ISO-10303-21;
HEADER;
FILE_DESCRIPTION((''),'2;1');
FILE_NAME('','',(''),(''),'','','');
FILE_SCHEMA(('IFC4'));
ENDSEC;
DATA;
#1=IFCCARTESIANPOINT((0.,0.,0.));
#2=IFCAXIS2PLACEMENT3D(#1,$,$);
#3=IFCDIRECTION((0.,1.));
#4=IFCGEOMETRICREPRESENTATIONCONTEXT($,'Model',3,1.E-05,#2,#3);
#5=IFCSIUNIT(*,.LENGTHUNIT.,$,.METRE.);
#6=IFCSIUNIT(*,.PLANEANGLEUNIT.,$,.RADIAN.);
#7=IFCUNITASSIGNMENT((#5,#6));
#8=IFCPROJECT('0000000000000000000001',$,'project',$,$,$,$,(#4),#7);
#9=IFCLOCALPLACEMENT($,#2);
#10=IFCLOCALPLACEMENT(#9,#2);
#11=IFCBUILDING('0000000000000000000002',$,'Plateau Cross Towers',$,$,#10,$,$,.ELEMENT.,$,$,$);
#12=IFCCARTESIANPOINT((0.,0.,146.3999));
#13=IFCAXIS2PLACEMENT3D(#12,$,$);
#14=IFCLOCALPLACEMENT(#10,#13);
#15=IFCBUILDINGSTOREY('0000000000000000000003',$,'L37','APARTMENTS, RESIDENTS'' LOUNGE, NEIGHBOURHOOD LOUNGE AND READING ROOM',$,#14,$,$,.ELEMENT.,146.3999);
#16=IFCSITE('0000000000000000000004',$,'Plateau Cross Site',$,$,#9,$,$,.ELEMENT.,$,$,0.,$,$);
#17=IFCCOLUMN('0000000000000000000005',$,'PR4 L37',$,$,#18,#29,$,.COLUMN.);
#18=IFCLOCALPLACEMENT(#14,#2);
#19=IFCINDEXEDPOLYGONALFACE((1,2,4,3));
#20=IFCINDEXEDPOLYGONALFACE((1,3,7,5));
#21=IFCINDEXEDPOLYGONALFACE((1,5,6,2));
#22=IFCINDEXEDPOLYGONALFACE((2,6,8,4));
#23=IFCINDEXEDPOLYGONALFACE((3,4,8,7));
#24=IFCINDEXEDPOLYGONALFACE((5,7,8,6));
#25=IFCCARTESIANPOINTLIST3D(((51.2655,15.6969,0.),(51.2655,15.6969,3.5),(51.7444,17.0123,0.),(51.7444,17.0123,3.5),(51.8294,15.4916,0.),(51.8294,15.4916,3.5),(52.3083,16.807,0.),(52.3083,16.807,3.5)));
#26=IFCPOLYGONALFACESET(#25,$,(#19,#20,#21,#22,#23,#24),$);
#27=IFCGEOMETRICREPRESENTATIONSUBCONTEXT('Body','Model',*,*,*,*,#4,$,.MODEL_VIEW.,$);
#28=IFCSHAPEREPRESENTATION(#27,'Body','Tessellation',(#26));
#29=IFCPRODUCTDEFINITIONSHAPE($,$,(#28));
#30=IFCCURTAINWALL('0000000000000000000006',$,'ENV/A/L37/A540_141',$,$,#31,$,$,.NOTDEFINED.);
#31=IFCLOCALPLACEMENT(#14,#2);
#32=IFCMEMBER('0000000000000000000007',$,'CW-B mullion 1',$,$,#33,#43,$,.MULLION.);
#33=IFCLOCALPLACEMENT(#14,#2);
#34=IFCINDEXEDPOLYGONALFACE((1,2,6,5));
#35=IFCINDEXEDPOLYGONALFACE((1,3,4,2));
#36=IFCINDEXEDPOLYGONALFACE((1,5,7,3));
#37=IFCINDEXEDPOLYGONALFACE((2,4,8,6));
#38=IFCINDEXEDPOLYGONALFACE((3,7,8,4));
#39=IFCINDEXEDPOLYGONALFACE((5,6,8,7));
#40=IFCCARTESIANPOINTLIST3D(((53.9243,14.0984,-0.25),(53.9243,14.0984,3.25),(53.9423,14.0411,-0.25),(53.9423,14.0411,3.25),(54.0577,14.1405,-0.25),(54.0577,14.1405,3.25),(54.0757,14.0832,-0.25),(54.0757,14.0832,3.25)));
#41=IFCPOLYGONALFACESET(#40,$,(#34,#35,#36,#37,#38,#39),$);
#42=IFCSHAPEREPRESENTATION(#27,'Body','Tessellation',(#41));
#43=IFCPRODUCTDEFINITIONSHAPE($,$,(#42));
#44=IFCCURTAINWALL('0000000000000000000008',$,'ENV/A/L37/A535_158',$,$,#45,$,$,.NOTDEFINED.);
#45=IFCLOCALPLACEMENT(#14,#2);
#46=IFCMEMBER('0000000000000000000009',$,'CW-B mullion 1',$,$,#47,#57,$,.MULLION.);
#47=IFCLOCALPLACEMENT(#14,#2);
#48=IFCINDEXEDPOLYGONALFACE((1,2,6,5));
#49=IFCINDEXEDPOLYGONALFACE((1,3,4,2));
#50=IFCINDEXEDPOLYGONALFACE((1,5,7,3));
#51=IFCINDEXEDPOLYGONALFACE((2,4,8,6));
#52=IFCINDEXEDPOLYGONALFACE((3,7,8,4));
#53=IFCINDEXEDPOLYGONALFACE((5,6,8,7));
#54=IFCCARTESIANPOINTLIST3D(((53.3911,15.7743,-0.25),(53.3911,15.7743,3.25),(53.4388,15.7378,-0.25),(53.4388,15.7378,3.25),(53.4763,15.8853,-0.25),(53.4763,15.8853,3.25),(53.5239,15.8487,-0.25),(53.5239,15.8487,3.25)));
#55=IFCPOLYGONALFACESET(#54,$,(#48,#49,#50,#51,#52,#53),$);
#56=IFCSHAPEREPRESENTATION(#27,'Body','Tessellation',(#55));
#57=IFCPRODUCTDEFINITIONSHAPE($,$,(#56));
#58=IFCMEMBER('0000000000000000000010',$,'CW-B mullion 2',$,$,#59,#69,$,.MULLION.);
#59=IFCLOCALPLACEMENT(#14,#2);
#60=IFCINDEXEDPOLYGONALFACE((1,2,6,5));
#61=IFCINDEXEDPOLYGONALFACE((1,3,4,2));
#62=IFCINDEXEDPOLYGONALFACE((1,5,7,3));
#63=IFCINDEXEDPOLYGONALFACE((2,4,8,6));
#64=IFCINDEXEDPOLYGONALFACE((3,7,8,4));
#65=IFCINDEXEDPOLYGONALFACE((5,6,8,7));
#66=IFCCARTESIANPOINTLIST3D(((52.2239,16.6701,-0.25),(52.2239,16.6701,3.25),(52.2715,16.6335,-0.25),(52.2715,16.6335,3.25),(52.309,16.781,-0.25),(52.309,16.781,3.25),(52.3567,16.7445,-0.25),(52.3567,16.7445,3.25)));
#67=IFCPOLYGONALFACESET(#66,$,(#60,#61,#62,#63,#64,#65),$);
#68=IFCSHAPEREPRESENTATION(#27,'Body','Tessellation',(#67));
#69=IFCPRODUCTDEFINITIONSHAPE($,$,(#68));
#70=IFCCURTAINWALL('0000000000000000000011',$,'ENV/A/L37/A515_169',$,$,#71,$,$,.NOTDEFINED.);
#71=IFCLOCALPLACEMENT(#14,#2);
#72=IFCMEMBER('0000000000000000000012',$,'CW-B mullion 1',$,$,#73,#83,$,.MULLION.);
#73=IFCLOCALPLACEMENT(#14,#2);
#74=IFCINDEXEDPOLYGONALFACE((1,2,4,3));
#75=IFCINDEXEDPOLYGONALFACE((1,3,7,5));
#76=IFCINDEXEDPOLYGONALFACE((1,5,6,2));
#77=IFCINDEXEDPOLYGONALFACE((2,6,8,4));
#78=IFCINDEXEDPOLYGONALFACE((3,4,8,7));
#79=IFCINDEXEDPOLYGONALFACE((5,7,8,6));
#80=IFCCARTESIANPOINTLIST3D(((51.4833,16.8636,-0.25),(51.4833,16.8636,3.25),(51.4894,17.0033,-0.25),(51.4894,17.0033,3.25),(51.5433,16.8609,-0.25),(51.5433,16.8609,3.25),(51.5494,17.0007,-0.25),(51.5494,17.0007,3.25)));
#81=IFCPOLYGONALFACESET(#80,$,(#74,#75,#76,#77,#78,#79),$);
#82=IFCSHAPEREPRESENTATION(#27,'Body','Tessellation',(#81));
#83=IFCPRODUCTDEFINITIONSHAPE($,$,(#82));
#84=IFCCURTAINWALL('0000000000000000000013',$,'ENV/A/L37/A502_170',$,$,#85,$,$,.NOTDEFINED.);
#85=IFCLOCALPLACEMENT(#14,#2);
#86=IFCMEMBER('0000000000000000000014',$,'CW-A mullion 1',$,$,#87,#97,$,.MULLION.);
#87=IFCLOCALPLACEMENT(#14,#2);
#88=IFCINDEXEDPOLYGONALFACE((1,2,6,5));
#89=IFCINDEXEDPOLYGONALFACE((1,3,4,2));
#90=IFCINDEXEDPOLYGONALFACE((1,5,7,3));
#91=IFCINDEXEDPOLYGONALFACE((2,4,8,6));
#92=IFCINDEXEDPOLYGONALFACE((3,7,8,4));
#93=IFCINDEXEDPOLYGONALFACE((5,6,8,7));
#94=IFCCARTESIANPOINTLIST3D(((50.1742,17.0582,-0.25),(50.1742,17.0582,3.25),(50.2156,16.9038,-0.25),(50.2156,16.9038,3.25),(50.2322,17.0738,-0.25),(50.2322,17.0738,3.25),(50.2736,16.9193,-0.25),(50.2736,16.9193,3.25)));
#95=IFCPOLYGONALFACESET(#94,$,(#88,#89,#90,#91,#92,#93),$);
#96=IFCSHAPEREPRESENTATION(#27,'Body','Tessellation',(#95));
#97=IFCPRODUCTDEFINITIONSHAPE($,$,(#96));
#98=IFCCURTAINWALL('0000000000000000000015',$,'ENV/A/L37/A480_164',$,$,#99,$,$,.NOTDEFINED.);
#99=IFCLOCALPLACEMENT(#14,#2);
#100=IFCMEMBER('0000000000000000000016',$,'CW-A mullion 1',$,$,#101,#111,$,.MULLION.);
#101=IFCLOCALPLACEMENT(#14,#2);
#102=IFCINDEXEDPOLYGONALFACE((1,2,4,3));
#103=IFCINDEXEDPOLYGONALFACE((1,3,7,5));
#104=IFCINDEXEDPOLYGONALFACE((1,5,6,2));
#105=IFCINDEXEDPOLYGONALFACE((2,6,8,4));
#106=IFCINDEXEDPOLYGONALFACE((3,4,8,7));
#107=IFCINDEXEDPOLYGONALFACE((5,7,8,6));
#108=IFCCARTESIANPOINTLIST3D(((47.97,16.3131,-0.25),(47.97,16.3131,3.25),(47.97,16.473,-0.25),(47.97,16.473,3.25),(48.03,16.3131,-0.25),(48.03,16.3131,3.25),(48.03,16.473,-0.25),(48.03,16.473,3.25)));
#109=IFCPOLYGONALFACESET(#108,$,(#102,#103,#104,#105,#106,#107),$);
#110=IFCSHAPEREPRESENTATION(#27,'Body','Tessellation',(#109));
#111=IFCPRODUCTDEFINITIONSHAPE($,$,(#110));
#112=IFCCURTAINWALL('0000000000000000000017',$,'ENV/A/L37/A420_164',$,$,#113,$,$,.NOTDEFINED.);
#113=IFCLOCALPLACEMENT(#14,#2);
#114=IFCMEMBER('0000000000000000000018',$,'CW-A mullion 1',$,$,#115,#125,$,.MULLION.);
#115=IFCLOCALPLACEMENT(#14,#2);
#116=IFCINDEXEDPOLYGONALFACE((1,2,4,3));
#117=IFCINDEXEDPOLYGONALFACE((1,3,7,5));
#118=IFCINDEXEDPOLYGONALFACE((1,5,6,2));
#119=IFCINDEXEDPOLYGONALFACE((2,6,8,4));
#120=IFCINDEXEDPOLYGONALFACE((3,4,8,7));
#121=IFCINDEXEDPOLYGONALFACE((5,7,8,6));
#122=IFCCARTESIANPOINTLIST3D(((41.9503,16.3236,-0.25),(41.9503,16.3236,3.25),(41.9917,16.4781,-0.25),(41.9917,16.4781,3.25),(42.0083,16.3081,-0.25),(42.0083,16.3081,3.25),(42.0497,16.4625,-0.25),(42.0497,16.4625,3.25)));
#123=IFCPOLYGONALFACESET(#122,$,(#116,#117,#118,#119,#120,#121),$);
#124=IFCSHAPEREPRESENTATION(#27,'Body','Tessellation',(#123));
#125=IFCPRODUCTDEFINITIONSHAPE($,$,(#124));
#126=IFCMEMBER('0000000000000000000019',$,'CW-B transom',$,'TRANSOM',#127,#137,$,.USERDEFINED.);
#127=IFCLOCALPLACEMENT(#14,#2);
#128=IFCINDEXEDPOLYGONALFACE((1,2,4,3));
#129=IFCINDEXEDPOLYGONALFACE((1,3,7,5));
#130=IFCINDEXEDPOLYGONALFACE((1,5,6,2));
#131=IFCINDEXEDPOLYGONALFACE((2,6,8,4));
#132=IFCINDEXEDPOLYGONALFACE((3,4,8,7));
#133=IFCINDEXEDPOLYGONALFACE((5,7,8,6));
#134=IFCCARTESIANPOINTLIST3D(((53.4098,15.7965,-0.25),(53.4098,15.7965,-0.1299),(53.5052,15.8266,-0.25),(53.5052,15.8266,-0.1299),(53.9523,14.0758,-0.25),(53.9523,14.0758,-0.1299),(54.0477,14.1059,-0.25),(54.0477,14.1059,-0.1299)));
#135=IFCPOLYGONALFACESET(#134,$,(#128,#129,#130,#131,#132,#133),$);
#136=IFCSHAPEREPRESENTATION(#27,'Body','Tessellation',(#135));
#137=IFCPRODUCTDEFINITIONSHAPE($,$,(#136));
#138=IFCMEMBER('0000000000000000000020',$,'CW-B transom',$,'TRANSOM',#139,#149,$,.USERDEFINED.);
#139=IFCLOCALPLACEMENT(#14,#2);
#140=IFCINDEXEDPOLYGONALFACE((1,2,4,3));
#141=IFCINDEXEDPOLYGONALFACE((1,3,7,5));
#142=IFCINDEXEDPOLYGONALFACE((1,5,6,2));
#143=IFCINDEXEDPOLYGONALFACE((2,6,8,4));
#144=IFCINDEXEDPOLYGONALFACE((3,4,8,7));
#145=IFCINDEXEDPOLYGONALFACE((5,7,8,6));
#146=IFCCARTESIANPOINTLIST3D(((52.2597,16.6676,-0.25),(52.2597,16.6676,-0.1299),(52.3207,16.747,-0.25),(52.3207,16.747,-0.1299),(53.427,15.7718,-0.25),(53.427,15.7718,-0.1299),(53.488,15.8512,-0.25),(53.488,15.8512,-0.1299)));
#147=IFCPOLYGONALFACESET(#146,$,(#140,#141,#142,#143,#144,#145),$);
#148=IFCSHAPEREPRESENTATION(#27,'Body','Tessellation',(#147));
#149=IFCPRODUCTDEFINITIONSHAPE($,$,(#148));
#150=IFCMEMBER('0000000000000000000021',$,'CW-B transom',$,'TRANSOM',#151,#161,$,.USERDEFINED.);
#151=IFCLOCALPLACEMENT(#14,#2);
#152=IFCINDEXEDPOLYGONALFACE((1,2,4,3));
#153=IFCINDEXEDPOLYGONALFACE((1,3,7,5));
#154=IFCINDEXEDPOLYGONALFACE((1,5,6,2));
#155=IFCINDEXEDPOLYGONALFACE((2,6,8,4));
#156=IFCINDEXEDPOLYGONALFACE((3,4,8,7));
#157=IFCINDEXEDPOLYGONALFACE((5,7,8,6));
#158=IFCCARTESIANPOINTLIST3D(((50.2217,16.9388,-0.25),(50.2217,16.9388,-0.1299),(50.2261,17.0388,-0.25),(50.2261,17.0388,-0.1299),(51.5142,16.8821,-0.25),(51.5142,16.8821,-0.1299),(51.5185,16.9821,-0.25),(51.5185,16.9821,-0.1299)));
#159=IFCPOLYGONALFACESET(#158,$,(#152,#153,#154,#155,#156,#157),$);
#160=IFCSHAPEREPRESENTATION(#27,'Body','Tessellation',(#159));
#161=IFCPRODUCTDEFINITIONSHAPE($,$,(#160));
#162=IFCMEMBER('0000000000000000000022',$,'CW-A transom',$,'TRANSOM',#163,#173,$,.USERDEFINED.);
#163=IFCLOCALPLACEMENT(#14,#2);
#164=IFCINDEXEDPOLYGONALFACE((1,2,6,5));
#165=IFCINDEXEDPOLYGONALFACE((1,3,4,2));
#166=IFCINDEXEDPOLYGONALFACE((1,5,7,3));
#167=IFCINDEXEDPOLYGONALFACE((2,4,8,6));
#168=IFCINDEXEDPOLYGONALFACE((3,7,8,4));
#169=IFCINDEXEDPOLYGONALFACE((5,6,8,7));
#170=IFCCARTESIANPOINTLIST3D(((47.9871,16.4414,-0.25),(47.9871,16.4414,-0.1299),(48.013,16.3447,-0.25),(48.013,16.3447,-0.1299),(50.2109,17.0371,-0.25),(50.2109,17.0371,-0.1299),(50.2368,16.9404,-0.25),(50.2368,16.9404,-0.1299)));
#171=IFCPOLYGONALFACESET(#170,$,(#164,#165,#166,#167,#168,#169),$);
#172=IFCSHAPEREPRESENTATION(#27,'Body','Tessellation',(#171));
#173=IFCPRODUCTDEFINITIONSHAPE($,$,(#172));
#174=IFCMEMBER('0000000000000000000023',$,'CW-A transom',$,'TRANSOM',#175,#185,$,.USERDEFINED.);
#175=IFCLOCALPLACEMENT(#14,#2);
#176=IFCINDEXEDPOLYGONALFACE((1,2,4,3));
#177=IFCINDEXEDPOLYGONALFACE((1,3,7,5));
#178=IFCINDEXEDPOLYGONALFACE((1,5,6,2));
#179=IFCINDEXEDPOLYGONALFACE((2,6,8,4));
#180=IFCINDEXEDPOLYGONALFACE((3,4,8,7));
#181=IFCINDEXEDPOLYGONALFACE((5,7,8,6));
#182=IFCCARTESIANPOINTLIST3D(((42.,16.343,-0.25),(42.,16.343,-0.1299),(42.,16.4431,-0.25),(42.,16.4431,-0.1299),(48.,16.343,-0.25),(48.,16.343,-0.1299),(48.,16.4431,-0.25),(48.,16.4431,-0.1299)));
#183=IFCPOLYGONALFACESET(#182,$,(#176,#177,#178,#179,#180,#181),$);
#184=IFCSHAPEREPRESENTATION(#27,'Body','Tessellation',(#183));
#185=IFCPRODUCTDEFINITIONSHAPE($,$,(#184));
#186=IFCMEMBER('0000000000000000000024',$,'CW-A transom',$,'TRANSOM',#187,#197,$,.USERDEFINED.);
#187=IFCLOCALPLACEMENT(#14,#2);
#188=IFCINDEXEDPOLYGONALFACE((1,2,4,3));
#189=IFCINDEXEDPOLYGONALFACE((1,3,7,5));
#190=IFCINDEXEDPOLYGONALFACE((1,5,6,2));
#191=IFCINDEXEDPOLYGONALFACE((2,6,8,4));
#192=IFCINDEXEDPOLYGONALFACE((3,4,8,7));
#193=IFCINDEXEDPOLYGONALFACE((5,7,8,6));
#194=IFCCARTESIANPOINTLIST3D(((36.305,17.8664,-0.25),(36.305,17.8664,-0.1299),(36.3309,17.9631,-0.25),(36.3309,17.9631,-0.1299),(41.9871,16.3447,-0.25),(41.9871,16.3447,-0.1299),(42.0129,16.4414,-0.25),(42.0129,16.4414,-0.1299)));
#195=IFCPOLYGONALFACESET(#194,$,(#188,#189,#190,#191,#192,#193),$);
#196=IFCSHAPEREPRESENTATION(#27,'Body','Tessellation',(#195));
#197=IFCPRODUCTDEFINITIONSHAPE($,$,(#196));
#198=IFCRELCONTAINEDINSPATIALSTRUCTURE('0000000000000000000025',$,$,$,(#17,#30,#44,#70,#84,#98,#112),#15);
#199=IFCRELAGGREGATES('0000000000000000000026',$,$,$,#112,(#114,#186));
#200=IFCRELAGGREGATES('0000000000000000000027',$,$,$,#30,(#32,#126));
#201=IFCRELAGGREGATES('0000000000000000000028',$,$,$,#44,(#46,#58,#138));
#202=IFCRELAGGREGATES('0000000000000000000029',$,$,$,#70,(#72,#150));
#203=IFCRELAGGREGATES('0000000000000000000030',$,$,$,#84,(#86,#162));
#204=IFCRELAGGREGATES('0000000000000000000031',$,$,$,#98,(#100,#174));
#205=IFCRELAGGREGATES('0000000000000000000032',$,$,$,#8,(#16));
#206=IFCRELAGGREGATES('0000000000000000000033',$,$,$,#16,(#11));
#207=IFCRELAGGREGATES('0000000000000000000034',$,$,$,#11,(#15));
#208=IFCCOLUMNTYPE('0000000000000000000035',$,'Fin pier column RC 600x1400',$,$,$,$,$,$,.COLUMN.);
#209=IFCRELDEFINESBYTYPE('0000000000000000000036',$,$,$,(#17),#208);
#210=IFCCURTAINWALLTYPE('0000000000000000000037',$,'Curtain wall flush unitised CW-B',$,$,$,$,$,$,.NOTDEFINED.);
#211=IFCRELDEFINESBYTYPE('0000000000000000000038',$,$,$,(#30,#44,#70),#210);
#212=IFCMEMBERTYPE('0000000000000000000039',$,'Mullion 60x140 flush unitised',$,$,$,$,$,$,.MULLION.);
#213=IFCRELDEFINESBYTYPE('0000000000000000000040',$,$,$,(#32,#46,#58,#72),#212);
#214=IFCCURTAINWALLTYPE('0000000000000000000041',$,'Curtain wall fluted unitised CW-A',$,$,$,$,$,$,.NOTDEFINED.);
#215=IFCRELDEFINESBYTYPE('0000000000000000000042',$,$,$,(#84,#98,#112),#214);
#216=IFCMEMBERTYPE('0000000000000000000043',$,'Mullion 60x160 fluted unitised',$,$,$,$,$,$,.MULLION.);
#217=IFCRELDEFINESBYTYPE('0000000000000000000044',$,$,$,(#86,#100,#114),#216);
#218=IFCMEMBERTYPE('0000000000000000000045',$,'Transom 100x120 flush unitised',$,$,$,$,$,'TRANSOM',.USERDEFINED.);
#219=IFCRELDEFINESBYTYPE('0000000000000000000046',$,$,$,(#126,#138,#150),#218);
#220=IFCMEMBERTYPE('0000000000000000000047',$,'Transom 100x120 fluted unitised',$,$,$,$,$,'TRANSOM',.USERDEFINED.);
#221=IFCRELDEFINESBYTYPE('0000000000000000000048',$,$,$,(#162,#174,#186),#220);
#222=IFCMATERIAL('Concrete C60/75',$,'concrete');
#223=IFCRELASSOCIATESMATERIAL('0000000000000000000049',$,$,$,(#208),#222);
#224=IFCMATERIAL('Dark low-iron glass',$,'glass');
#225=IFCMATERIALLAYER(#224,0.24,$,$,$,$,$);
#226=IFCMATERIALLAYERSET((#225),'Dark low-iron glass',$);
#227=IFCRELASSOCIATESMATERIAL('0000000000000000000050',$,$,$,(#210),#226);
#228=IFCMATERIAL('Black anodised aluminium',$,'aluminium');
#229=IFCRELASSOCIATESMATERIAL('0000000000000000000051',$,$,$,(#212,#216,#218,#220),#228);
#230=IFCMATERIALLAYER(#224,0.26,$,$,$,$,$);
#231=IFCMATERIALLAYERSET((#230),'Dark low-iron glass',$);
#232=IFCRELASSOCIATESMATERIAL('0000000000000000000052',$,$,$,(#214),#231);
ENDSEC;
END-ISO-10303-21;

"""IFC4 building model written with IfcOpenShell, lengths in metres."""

from ifc_helpers import new_model, si_unit, direction, frame, origin, origin_2d, place, context, subcontext, project, spatial, rectangle, extrude, material, layer, layer_set, material_profile, profile_set, type_object, element, aggregate, save


model = new_model("IFC4")

# Units and contexts
model_context = context("Model", 3, precision=1e-05, world=origin(), true_north=direction((0.0, 1.0)))
body_context = subcontext(model_context, "Body", "Model", "MODEL_VIEW")
ifc_project = project(units=[si_unit("LENGTHUNIT", "METRE"), si_unit("PLANEANGLEUNIT", "RADIAN")], contexts=[model_context])

# Site, building, storey
site_placement = place(None, origin())
site = spatial("IfcSite", under=ifc_project, at=site_placement, Name="Plateau Cross Site", CompositionType="ELEMENT", RefElevation=0.0)
building_placement = place(site_placement, origin())
building = spatial("IfcBuilding", under=site, at=building_placement, Name="Plateau Cross Towers", CompositionType="ELEMENT")
storey_placement = place(building_placement, frame((0.0, 0.0, 146.3999)))
storey = spatial("IfcBuildingStorey", under=building, at=storey_placement, Name="L37", Description="APARTMENTS, RESIDENTS' LOUNGE, NEIGHBOURHOOD LOUNGE AND READING ROOM", CompositionType="ELEMENT", Elevation=146.3999)

# Column
ifc_material_1 = material(Name="Concrete C60/75", Category="concrete")
ifc_material_profile_1 = material_profile(ifc_material_1, rectangle(XDim=0.6001, YDim=1.3999, at=origin_2d()), Name="RC 600x1400")
ifc_profile_set_1 = profile_set([ifc_material_profile_1], Name="Concrete C60/75")
column_type = type_object("IfcColumnType", Name="Fin pier column RC 600x1400", PredefinedType="COLUMN", material=ifc_profile_set_1)
column_placement = place(storey_placement, frame((51.7869, 16.252, 0.0), z_axis=(0.0, 0.0, 1.0), x_axis=(-0.939664, 0.342098, 0.0)))
element("IfcColumn", 1, at=column_placement, inside=storey, type_object=column_type, Name="PR4 L37", PredefinedType="COLUMN", context=body_context, shape_type="SweptSolid", body=[
    extrude(rectangle(XDim=0.6001, YDim=1.3999, at=origin_2d()), origin(), (0.0, 0.0, 1.0), 3.5),
])

# Curtain wall, member
ifc_material_2 = material(Name="Dark low-iron glass", Category="glass")
ifc_layer_1 = layer(ifc_material_2, 0.24)
ifc_layer_set_1 = layer_set([ifc_layer_1], Name="Dark low-iron glass")
curtain_wall_type_1 = type_object("IfcCurtainWallType", Name="Curtain wall flush unitised CW-B", PredefinedType="NOTDEFINED", material=ifc_layer_set_1)
curtain_wall_1_placement = place(storey_placement, origin())
curtain_wall_1 = element("IfcCurtainWall", 2, at=curtain_wall_1_placement, inside=storey, type_object=curtain_wall_type_1, Name="ENV/A/L37/A540_141", PredefinedType="NOTDEFINED")
ifc_material_3 = material(Name="Black anodised aluminium", Category="aluminium")
ifc_material_profile_2 = material_profile(ifc_material_3, rectangle(XDim=0.0601, YDim=0.1399, at=origin_2d()), Name="MULLION 60x140")
ifc_profile_set_2 = profile_set([ifc_material_profile_2], Name="Black anodised aluminium")
member_type_1 = type_object("IfcMemberType", Name="Mullion 60x140 flush unitised", PredefinedType="MULLION", material=ifc_profile_set_2)
member_1_placement = place(storey_placement, frame((54.0, 14.0908, -0.25), z_axis=(0.0, 0.0, 1.0), x_axis=(-0.300686, 0.953723, 0.0)))
member_1 = element("IfcMember", 3, at=member_1_placement, type_object=member_type_1, Name="CW-B mullion 1", PredefinedType="MULLION", context=body_context, shape_type="SweptSolid", body=[
    extrude(rectangle(XDim=0.0601, YDim=0.1399, at=origin_2d()), origin(), (0.0, 0.0, 1.0), 3.5),
])

# Curtain wall, members
curtain_wall_2_placement = place(storey_placement, origin())
curtain_wall_2 = element("IfcCurtainWall", 4, at=curtain_wall_2_placement, inside=storey, type_object=curtain_wall_type_1, Name="ENV/A/L37/A535_158", PredefinedType="NOTDEFINED")
member_2_placement = place(storey_placement, frame((53.4575, 15.8115, -0.25), z_axis=(0.0, 0.0, 1.0), x_axis=(-0.793316, 0.608811, 0.0)))
member_2 = element("IfcMember", 5, at=member_2_placement, type_object=member_type_1, Name="CW-B mullion 1", PredefinedType="MULLION", context=body_context, shape_type="SweptSolid", body=[
    extrude(rectangle(XDim=0.0601, YDim=0.1399, at=origin_2d()), origin(), (0.0, 0.0, 1.0), 3.5),
])
member_3_placement = place(storey_placement, frame((52.2903, 16.7073, -0.25), z_axis=(0.0, 0.0, 1.0), x_axis=(-0.793316, 0.608811, 0.0)))
member_3 = element("IfcMember", 6, at=member_3_placement, type_object=member_type_1, Name="CW-B mullion 2", PredefinedType="MULLION", context=body_context, shape_type="SweptSolid", body=[
    extrude(rectangle(XDim=0.0601, YDim=0.1399, at=origin_2d()), origin(), (0.0, 0.0, 1.0), 3.5),
])

# Curtain walls, members
curtain_wall_3_placement = place(storey_placement, origin())
curtain_wall_3 = element("IfcCurtainWall", 7, at=curtain_wall_3_placement, inside=storey, type_object=curtain_wall_type_1, Name="ENV/A/L37/A515_169", PredefinedType="NOTDEFINED")
member_4_placement = place(storey_placement, frame((51.5164, 16.9321, -0.25), z_axis=(0.0, 0.0, 1.0), x_axis=(-0.999044, 0.043723, 0.0)))
member_4 = element("IfcMember", 8, at=member_4_placement, type_object=member_type_1, Name="CW-B mullion 1", PredefinedType="MULLION", context=body_context, shape_type="SweptSolid", body=[
    extrude(rectangle(XDim=0.0601, YDim=0.1399, at=origin_2d()), origin(), (0.0, 0.0, 1.0), 3.5),
])
ifc_layer_2 = layer(ifc_material_2, 0.26)
ifc_layer_set_2 = layer_set([ifc_layer_2], Name="Dark low-iron glass")
curtain_wall_type_2 = type_object("IfcCurtainWallType", Name="Curtain wall fluted unitised CW-A", PredefinedType="NOTDEFINED", material=ifc_layer_set_2)
curtain_wall_4_placement = place(storey_placement, origin())
curtain_wall_4 = element("IfcCurtainWall", 9, at=curtain_wall_4_placement, inside=storey, type_object=curtain_wall_type_2, Name="ENV/A/L37/A502_170", PredefinedType="NOTDEFINED")
ifc_material_profile_3 = material_profile(ifc_material_3, rectangle(XDim=0.0601, YDim=0.1599, at=origin_2d()), Name="MULLION 60x160")
ifc_profile_set_3 = profile_set([ifc_material_profile_3], Name="Black anodised aluminium")
member_type_2 = type_object("IfcMemberType", Name="Mullion 60x160 fluted unitised", PredefinedType="MULLION", material=ifc_profile_set_3)
member_5_placement = place(storey_placement, frame((50.2239, 16.9888, -0.25), z_axis=(0.0, 0.0, 1.0), x_axis=(-0.965958, -0.258699, 0.0)))
member_5 = element("IfcMember", 10, at=member_5_placement, type_object=member_type_2, Name="CW-A mullion 1", PredefinedType="MULLION", context=body_context, shape_type="SweptSolid", body=[
    extrude(rectangle(XDim=0.0601, YDim=0.1599, at=origin_2d()), origin(), (0.0, 0.0, 1.0), 3.5),
])
curtain_wall_5_placement = place(storey_placement, origin())
curtain_wall_5 = element("IfcCurtainWall", 11, at=curtain_wall_5_placement, inside=storey, type_object=curtain_wall_type_2, Name="ENV/A/L37/A480_164", PredefinedType="NOTDEFINED")
member_6_placement = place(storey_placement, frame((48.0, 16.3931, -0.25), z_axis=(0.0, 0.0, 1.0), x_axis=(-1.0, 0.0, 0.0)))
member_6 = element("IfcMember", 12, at=member_6_placement, type_object=member_type_2, Name="CW-A mullion 1", PredefinedType="MULLION", context=body_context, shape_type="SweptSolid", body=[
    extrude(rectangle(XDim=0.0601, YDim=0.1599, at=origin_2d()), origin(), (0.0, 0.0, 1.0), 3.5),
])
curtain_wall_6_placement = place(storey_placement, origin())
curtain_wall_6 = element("IfcCurtainWall", 13, at=curtain_wall_6_placement, inside=storey, type_object=curtain_wall_type_2, Name="ENV/A/L37/A420_164", PredefinedType="NOTDEFINED")
member_7_placement = place(storey_placement, frame((42.0, 16.3931, -0.25), z_axis=(0.0, 0.0, 1.0), x_axis=(-0.965958, 0.258699, 0.0)))
member_7 = element("IfcMember", 14, at=member_7_placement, type_object=member_type_2, Name="CW-A mullion 1", PredefinedType="MULLION", context=body_context, shape_type="SweptSolid", body=[
    extrude(rectangle(XDim=0.0601, YDim=0.1599, at=origin_2d()), origin(), (0.0, 0.0, 1.0), 3.5),
])

# Members
ifc_material_profile_4 = material_profile(ifc_material_3, rectangle(XDim=0.1001, YDim=0.1201, at=origin_2d()), Name="TRANSOM 100x120")
ifc_profile_set_4 = profile_set([ifc_material_profile_4], Name="Black anodised aluminium")
member_type_3 = type_object("IfcMemberType", Name="Transom 100x120 flush unitised", ElementType="TRANSOM", PredefinedType="USERDEFINED", material=ifc_profile_set_4)
member_8_placement = place(storey_placement, frame((54.0, 14.0908, -0.1899), z_axis=(-0.300678, 0.953726, 0.0), x_axis=(-0.953726, -0.300678, 0.0)))
member_8 = element("IfcMember", 15, at=member_8_placement, type_object=member_type_3, Name="CW-B transom", ObjectType="TRANSOM", PredefinedType="USERDEFINED", context=body_context, shape_type="SweptSolid", body=[
    extrude(rectangle(XDim=0.1001, YDim=0.1201, at=origin_2d()), origin(), (0.0, 0.0, 1.0), 1.8042),
])
member_9_placement = place(storey_placement, frame((53.4575, 15.8115, -0.1899), z_axis=(-0.793321, 0.608804, 0.0), x_axis=(-0.608804, -0.793321, 0.0)))
member_9 = element("IfcMember", 16, at=member_9_placement, type_object=member_type_3, Name="CW-B transom", ObjectType="TRANSOM", PredefinedType="USERDEFINED", context=body_context, shape_type="SweptSolid", body=[
    extrude(rectangle(XDim=0.1001, YDim=0.1201, at=origin_2d()), origin(), (0.0, 0.0, 1.0), 1.4714),
])
member_10_placement = place(storey_placement, frame((51.5164, 16.9321, -0.1899), z_axis=(-0.999041, 0.043781, 0.0), x_axis=(-0.043781, -0.999041, 0.0)))
member_10 = element("IfcMember", 17, at=member_10_placement, type_object=member_type_3, Name="CW-B transom", ObjectType="TRANSOM", PredefinedType="USERDEFINED", context=body_context, shape_type="SweptSolid", body=[
    extrude(rectangle(XDim=0.1001, YDim=0.1201, at=origin_2d()), origin(), (0.0, 0.0, 1.0), 1.2937),
])
ifc_material_profile_5 = material_profile(ifc_material_3, rectangle(XDim=0.1001, YDim=0.1201, at=origin_2d()), Name="TRANSOM 100x120")
ifc_profile_set_5 = profile_set([ifc_material_profile_5], Name="Black anodised aluminium")
member_type_4 = type_object("IfcMemberType", Name="Transom 100x120 fluted unitised", ElementType="TRANSOM", PredefinedType="USERDEFINED", material=ifc_profile_set_5)
member_11_placement = place(storey_placement, frame((50.2239, 16.9888, -0.1899), z_axis=(-0.965946, -0.258745, 0.0), x_axis=(0.258745, -0.965946, 0.0)))
member_11 = element("IfcMember", 18, at=member_11_placement, type_object=member_type_4, Name="CW-A transom", ObjectType="TRANSOM", PredefinedType="USERDEFINED", context=body_context, shape_type="SweptSolid", body=[
    extrude(rectangle(XDim=0.1001, YDim=0.1201, at=origin_2d()), origin(), (0.0, 0.0, 1.0), 2.3022),
])
member_12_placement = place(storey_placement, frame((48.0, 16.3931, -0.1899), z_axis=(-1.0, 0.0, 0.0), x_axis=(0.0, -1.0, 0.0)))
member_12 = element("IfcMember", 19, at=member_12_placement, type_object=member_type_4, Name="CW-A transom", ObjectType="TRANSOM", PredefinedType="USERDEFINED", context=body_context, shape_type="SweptSolid", body=[
    extrude(rectangle(XDim=0.1001, YDim=0.1201, at=origin_2d()), origin(), (0.0, 0.0, 1.0), 6.0),
])
member_13_placement = place(storey_placement, frame((42.0, 16.3931, -0.1899), z_axis=(-0.96596, 0.258693, 0.0), x_axis=(-0.258693, -0.96596, 0.0)))
member_13 = element("IfcMember", 20, at=member_13_placement, type_object=member_type_4, Name="CW-A transom", ObjectType="TRANSOM", PredefinedType="USERDEFINED", context=body_context, shape_type="SweptSolid", body=[
    extrude(rectangle(XDim=0.1001, YDim=0.1201, at=origin_2d()), origin(), (0.0, 0.0, 1.0), 5.8823),
])
aggregate(curtain_wall_6, [member_7, member_13])

aggregate(curtain_wall_1, [member_1, member_8])
aggregate(curtain_wall_2, [member_2, member_3, member_9])
aggregate(curtain_wall_3, [member_4, member_10])
aggregate(curtain_wall_4, [member_5, member_11])
aggregate(curtain_wall_5, [member_6, member_12])

save(model, "model.ifc")
